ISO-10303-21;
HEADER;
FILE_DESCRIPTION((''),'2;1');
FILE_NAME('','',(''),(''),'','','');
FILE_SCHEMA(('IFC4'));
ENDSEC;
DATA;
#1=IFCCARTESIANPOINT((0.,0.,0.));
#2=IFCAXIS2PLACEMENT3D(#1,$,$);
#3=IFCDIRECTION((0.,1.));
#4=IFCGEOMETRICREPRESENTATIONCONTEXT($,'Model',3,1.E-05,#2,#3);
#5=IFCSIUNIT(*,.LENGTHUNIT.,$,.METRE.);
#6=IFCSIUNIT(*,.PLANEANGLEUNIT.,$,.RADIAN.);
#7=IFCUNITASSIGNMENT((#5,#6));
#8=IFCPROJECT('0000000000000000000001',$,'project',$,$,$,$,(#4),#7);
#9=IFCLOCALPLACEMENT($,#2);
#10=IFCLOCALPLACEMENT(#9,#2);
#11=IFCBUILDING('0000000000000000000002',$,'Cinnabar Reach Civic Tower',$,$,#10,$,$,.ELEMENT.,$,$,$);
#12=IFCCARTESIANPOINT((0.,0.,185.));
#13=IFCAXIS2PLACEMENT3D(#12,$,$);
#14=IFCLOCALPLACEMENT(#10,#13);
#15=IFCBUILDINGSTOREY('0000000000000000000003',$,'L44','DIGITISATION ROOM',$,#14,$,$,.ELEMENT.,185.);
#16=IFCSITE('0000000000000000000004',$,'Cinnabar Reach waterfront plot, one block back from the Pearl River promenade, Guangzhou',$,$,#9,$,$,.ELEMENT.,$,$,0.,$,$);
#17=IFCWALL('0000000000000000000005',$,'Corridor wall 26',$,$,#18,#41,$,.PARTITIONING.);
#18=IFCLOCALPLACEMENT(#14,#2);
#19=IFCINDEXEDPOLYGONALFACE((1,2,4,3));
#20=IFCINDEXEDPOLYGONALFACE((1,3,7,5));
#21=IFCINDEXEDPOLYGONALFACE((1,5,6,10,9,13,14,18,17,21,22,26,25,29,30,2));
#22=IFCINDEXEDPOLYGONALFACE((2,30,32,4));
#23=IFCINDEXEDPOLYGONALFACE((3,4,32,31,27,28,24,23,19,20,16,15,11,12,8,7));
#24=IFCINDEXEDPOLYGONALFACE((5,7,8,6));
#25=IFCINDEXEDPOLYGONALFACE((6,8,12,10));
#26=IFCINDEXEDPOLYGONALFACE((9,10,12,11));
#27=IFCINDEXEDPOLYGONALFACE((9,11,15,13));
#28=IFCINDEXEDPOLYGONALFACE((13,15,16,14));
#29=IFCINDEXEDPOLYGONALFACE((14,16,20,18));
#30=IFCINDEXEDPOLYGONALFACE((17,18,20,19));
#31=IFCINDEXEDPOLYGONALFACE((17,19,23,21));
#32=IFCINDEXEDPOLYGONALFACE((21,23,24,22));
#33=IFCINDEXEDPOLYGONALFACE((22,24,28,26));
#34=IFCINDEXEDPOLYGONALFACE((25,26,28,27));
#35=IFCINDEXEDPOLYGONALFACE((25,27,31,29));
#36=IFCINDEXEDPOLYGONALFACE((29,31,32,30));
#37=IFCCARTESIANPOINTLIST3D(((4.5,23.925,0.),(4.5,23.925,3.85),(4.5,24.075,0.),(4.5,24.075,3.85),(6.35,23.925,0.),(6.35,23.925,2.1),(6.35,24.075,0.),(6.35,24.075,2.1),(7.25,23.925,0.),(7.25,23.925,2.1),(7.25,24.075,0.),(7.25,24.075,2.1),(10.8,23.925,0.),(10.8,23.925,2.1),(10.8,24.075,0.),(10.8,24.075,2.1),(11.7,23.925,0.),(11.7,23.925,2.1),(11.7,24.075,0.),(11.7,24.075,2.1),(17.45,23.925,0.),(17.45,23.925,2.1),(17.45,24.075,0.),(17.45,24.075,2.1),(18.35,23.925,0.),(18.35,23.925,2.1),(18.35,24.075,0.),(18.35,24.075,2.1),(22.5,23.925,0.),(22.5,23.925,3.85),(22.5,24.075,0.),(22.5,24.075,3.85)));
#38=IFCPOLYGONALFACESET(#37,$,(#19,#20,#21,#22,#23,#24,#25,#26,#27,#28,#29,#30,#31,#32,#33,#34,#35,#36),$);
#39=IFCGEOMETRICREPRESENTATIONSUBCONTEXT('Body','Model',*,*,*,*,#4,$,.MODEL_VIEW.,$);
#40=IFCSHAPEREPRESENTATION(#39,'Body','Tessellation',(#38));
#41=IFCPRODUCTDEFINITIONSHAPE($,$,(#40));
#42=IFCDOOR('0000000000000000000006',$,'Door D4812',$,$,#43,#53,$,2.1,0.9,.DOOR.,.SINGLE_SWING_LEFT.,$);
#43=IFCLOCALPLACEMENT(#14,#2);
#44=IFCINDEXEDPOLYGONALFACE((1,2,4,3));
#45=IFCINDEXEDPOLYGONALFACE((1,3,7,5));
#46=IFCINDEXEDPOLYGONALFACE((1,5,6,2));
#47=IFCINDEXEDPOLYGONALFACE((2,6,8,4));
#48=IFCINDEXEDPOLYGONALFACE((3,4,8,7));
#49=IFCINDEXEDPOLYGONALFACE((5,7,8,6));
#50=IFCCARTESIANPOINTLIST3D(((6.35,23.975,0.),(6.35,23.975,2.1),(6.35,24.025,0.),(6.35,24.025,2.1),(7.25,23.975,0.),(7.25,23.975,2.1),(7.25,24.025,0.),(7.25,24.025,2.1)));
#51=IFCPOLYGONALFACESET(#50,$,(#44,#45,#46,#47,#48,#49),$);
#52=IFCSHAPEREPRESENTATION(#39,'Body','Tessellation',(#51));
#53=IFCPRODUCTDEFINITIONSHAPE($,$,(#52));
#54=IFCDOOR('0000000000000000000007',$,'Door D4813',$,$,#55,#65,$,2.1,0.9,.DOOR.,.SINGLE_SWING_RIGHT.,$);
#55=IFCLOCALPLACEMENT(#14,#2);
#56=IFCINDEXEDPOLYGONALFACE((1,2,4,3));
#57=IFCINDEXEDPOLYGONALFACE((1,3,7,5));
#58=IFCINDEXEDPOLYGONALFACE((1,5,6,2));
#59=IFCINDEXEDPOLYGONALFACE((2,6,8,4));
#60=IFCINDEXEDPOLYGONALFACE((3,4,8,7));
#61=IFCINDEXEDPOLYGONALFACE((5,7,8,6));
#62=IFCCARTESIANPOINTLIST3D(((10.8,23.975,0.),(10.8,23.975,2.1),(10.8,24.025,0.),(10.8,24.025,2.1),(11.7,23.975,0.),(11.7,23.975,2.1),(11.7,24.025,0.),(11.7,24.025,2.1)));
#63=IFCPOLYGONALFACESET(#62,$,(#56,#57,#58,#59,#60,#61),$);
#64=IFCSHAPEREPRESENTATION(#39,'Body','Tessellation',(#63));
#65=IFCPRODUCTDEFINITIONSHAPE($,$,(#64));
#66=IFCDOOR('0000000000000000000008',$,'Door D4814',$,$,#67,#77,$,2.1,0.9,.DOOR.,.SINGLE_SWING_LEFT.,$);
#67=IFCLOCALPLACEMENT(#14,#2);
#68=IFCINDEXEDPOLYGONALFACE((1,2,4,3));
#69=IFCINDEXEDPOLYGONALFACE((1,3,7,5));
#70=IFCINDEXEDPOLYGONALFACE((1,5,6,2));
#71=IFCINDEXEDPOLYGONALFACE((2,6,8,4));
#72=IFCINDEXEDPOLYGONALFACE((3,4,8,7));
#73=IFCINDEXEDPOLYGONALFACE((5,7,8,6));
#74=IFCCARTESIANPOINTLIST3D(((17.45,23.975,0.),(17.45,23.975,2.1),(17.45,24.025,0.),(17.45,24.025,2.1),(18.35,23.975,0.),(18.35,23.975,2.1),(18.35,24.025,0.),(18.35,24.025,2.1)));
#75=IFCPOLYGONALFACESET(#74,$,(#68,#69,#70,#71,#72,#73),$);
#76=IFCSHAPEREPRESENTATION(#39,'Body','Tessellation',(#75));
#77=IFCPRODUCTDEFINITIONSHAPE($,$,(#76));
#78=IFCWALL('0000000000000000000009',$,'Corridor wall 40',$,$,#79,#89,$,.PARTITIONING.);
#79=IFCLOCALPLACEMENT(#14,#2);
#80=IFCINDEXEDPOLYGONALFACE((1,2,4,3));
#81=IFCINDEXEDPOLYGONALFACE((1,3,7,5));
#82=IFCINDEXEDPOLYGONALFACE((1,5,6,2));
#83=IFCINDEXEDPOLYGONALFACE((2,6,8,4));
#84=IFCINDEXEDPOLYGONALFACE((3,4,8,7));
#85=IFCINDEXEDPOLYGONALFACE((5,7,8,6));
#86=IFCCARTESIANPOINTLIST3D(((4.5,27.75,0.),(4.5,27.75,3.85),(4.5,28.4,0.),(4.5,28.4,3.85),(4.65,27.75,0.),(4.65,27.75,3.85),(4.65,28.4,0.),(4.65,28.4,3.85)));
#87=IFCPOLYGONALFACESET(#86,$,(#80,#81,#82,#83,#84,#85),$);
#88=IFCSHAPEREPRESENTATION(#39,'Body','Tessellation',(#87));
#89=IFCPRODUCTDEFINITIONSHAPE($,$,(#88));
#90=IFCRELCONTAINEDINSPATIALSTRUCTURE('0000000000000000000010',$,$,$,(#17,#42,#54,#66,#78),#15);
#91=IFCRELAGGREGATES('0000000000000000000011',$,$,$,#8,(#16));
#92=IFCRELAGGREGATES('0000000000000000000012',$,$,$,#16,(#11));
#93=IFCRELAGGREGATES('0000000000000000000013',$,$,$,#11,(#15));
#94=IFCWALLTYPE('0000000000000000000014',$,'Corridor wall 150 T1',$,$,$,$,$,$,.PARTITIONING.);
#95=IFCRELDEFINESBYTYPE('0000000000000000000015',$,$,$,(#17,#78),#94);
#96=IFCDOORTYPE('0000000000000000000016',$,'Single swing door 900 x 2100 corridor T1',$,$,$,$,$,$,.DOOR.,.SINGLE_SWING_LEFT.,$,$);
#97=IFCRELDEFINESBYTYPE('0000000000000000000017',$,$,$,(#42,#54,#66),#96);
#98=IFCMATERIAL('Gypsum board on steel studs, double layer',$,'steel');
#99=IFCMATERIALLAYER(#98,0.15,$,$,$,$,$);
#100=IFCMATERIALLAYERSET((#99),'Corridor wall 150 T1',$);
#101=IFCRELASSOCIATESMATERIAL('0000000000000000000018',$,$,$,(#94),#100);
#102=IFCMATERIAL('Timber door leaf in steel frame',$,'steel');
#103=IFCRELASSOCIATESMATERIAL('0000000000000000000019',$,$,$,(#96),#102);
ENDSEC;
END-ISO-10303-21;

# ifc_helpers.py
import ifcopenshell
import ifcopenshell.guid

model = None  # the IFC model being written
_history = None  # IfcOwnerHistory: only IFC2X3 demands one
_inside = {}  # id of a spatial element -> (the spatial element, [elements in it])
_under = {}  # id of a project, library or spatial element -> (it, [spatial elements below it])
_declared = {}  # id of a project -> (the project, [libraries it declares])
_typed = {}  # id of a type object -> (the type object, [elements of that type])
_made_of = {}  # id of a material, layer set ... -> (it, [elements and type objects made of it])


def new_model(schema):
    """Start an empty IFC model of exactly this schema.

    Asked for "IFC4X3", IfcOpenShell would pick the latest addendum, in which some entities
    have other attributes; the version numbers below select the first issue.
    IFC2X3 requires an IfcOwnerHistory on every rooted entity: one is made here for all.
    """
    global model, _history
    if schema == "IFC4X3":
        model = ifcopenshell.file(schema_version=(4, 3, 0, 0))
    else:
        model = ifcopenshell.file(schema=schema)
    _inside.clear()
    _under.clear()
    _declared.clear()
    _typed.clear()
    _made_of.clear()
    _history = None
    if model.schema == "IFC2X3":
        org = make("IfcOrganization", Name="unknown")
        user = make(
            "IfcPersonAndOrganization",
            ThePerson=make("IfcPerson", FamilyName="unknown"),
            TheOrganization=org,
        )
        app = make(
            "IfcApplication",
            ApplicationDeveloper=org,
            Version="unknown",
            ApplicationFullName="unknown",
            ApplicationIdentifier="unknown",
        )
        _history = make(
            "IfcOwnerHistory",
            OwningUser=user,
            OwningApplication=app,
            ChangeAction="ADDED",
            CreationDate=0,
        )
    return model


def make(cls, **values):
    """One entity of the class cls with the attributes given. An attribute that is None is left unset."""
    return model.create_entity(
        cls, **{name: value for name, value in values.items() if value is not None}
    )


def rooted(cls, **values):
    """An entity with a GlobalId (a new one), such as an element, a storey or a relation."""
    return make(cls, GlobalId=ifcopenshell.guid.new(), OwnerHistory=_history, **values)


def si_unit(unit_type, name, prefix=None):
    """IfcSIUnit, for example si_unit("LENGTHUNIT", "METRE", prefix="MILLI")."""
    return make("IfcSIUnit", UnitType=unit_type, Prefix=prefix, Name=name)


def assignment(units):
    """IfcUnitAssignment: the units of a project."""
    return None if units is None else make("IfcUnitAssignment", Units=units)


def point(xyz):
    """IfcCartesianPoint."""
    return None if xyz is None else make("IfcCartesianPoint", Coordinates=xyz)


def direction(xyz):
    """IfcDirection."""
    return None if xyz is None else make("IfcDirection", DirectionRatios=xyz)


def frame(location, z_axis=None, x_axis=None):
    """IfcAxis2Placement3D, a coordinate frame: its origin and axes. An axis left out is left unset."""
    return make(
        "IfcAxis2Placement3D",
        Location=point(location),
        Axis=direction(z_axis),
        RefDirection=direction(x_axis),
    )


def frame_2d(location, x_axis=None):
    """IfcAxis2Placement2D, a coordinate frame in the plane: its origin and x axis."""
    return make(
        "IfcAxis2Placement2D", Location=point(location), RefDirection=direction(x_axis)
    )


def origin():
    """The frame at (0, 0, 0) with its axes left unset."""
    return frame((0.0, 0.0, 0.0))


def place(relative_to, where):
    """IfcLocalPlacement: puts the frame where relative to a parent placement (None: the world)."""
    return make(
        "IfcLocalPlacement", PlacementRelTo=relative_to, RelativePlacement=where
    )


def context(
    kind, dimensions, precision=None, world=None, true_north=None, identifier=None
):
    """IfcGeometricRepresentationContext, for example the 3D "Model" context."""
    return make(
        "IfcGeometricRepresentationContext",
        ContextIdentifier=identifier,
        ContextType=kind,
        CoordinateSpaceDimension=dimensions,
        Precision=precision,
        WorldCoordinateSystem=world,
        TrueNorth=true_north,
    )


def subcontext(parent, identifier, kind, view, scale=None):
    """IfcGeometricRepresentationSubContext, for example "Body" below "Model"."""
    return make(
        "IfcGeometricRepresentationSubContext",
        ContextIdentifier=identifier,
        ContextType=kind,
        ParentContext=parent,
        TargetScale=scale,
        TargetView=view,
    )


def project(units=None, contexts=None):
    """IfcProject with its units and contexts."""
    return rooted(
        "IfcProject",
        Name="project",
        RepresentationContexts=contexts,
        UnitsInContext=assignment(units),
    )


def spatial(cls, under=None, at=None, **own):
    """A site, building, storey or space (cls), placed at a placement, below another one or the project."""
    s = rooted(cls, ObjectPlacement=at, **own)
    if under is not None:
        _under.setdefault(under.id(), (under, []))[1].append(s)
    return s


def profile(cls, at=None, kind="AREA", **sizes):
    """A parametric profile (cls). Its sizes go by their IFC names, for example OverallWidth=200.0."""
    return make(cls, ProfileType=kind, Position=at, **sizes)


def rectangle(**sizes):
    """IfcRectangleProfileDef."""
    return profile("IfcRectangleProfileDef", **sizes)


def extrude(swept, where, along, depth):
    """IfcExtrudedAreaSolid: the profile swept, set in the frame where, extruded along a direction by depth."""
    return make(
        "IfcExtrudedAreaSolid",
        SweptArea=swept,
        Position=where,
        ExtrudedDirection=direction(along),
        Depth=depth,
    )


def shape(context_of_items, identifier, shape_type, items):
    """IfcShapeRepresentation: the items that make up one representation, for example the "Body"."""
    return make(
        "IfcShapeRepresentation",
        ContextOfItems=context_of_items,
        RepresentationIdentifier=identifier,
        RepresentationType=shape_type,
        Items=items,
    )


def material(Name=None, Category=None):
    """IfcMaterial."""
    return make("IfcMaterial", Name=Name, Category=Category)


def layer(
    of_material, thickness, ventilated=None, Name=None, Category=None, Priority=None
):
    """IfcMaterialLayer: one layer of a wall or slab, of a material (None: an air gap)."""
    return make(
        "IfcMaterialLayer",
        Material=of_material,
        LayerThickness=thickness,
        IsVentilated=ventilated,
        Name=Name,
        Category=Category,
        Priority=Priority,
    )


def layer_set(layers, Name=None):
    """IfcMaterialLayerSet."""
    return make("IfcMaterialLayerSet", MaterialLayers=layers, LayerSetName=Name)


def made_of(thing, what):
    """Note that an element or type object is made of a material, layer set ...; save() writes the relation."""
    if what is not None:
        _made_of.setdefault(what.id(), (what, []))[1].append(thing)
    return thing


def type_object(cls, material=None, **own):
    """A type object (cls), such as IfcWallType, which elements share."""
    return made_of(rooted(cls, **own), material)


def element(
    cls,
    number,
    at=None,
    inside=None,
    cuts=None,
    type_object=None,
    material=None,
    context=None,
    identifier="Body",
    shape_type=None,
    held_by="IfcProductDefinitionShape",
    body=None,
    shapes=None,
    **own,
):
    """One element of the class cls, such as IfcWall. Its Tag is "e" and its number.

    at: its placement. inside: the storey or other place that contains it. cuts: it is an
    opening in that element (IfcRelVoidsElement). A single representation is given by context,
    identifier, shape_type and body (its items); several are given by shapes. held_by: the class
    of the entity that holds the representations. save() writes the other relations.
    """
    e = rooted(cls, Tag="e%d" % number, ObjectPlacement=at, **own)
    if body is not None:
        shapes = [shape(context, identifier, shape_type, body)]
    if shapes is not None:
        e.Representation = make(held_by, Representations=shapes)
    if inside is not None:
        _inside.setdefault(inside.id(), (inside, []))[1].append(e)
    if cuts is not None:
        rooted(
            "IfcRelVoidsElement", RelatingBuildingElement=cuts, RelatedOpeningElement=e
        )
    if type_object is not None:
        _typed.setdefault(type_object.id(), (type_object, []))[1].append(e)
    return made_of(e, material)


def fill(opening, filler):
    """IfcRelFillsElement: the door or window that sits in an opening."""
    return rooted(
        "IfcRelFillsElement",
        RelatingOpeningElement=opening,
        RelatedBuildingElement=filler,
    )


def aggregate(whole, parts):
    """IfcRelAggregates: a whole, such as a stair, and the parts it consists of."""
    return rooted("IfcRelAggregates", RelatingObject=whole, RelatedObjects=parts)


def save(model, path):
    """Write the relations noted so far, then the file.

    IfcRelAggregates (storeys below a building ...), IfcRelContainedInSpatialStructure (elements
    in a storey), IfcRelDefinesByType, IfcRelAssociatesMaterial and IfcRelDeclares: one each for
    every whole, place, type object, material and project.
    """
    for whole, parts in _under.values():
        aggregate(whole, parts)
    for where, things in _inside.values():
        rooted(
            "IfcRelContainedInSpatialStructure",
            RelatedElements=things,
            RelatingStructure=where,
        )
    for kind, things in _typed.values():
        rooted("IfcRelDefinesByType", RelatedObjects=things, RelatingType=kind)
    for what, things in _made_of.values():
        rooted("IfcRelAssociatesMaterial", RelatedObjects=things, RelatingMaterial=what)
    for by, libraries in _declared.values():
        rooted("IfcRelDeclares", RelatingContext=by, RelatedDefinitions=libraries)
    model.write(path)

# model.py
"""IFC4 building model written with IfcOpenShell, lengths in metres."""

from ifc_helpers import new_model, si_unit, direction, frame, frame_2d, origin, place, context, subcontext, project, spatial, rectangle, extrude, material, layer, layer_set, type_object, element, fill, save


model = new_model("IFC4")

# Units and contexts
model_context = context("Model", 3, precision=1e-05, world=origin(), true_north=direction((0.0, 1.0)))
body_context = subcontext(model_context, "Body", "Model", "MODEL_VIEW")
ifc_project = project(units=[si_unit("LENGTHUNIT", "METRE"), si_unit("PLANEANGLEUNIT", "RADIAN")], contexts=[model_context])

# Site, building, storey
site_placement = place(None, origin())
site = spatial("IfcSite", under=ifc_project, at=site_placement, Name="Cinnabar Reach waterfront plot, one block back from the Pearl River promenade, Guangzhou", CompositionType="ELEMENT", RefElevation=0.0)
building_placement = place(site_placement, origin())
building = spatial("IfcBuilding", under=site, at=building_placement, Name="Cinnabar Reach Civic Tower", CompositionType="ELEMENT")
storey_placement = place(building_placement, frame((0.0, 0.0, 185.0)))
storey = spatial("IfcBuildingStorey", under=building, at=storey_placement, Name="L44", Description="DIGITISATION ROOM", CompositionType="ELEMENT", Elevation=185.0)

# Shared definitions
ifc_material_1 = material(Name="Timber door leaf in steel frame", Category="steel")

# Shared definitions
ifc_material_2 = material(Name="Gypsum board on steel studs, double layer", Category="steel")
ifc_layer_1 = layer(ifc_material_2, 0.15)
ifc_layer_set_1 = layer_set([ifc_layer_1], Name="Corridor wall 150 T1")
wall_type_1 = type_object("IfcWallType", Name="Corridor wall 150 T1", PredefinedType="PARTITIONING", material=ifc_layer_set_1)

# Wall, openings, doors
wall_1_placement = place(storey_placement, frame((4.5, 24.0, 0.0), z_axis=(0.0, 0.0, 1.0), x_axis=(1.0, 0.0, 0.0)))
wall_1 = element("IfcWall", 1, at=wall_1_placement, inside=storey, type_object=wall_type_1, Name="Corridor wall 26", PredefinedType="PARTITIONING", context=body_context, shape_type="SweptSolid", body=[
    extrude(rectangle(XDim=18.0, YDim=0.15, at=frame_2d((9.0, 0.0))), origin(), (0.0, 0.0, 1.0), 3.85),
])
opening_1_placement = place(wall_1_placement, frame((1.85, 0.0, 0.0)))
opening_1 = element("IfcOpeningElement", 2, at=opening_1_placement, cuts=wall_1, PredefinedType="OPENING", context=body_context, shape_type="SweptSolid", body=[
    extrude(rectangle(XDim=0.9, YDim=2.1, at=frame_2d((0.45, 1.05))), frame((0.0, 0.085, 0.0), z_axis=(0.0, -1.0, 0.0), x_axis=(1.0, 0.0, 0.0)), (0.0, 0.0, 1.0), 0.17),
])
opening_2_placement = place(wall_1_placement, frame((6.3, 0.0, 0.0)))
opening_2 = element("IfcOpeningElement", 3, at=opening_2_placement, cuts=wall_1, PredefinedType="OPENING", context=body_context, shape_type="SweptSolid", body=[
    extrude(rectangle(XDim=0.9, YDim=2.1, at=frame_2d((0.45, 1.05))), frame((0.0, 0.085, 0.0), z_axis=(0.0, -1.0, 0.0), x_axis=(1.0, 0.0, 0.0)), (0.0, 0.0, 1.0), 0.17),
])
opening_3_placement = place(wall_1_placement, frame((12.95, 0.0, 0.0)))
opening_3 = element("IfcOpeningElement", 4, at=opening_3_placement, cuts=wall_1, PredefinedType="OPENING", context=body_context, shape_type="SweptSolid", body=[
    extrude(rectangle(XDim=0.9, YDim=2.1, at=frame_2d((0.45, 1.05))), frame((0.0, 0.085, 0.0), z_axis=(0.0, -1.0, 0.0), x_axis=(1.0, 0.0, 0.0)), (0.0, 0.0, 1.0), 0.17),
])
door_type_1 = type_object("IfcDoorType", Name="Single swing door 900 x 2100 corridor T1", OperationType="SINGLE_SWING_LEFT", PredefinedType="DOOR", material=ifc_material_1)
door_1_placement = place(opening_1_placement, frame((0.9, 0.0, 0.0), z_axis=(0.0, 0.0, 1.0), x_axis=(-1.0, 0.0, 0.0)))
door_1 = element("IfcDoor", 5, at=door_1_placement, inside=storey, type_object=door_type_1, Name="Door D4812", OperationType="SINGLE_SWING_LEFT", OverallHeight=2.1, OverallWidth=0.9, PredefinedType="DOOR", context=body_context, shape_type="SweptSolid", body=[
    extrude(rectangle(XDim=0.9, YDim=2.1, at=frame_2d((0.45, 1.05))), frame((0.0, 0.025, 0.0), z_axis=(0.0, -1.0, 0.0), x_axis=(1.0, 0.0, 0.0)), (0.0, 0.0, 1.0), 0.05),
])
fill(opening_1, door_1)
door_2_placement = place(opening_2_placement, frame((0.9, 0.0, 0.0), z_axis=(0.0, 0.0, 1.0), x_axis=(-1.0, 0.0, 0.0)))
door_2 = element("IfcDoor", 6, at=door_2_placement, inside=storey, type_object=door_type_1, Name="Door D4813", OperationType="SINGLE_SWING_RIGHT", OverallHeight=2.1, OverallWidth=0.9, PredefinedType="DOOR", context=body_context, shape_type="SweptSolid", body=[
    extrude(rectangle(XDim=0.9, YDim=2.1, at=frame_2d((0.45, 1.05))), frame((0.0, 0.025, 0.0), z_axis=(0.0, -1.0, 0.0), x_axis=(1.0, 0.0, 0.0)), (0.0, 0.0, 1.0), 0.05),
])
fill(opening_2, door_2)
door_3_placement = place(opening_3_placement, frame((0.9, 0.0, 0.0), z_axis=(0.0, 0.0, 1.0), x_axis=(-1.0, 0.0, 0.0)))
door_3 = element("IfcDoor", 7, at=door_3_placement, inside=storey, type_object=door_type_1, Name="Door D4814", OperationType="SINGLE_SWING_LEFT", OverallHeight=2.1, OverallWidth=0.9, PredefinedType="DOOR", context=body_context, shape_type="SweptSolid", body=[
    extrude(rectangle(XDim=0.9, YDim=2.1, at=frame_2d((0.45, 1.05))), frame((0.0, 0.025, 0.0), z_axis=(0.0, -1.0, 0.0), x_axis=(1.0, 0.0, 0.0)), (0.0, 0.0, 1.0), 0.05),
])
fill(opening_3, door_3)

# Wall
wall_2_placement = place(storey_placement, frame((4.575, 27.75, 0.0), z_axis=(0.0, 0.0, 1.0), x_axis=(0.0, 1.0, 0.0)))
element("IfcWall", 8, at=wall_2_placement, inside=storey, type_object=wall_type_1, Name="Corridor wall 40", PredefinedType="PARTITIONING", context=body_context, shape_type="SweptSolid", body=[
    extrude(rectangle(XDim=0.65, YDim=0.15, at=frame_2d((0.325, 0.0))), origin(), (0.0, 0.0, 1.0), 3.85),
])

save(model, "model.ifc")
